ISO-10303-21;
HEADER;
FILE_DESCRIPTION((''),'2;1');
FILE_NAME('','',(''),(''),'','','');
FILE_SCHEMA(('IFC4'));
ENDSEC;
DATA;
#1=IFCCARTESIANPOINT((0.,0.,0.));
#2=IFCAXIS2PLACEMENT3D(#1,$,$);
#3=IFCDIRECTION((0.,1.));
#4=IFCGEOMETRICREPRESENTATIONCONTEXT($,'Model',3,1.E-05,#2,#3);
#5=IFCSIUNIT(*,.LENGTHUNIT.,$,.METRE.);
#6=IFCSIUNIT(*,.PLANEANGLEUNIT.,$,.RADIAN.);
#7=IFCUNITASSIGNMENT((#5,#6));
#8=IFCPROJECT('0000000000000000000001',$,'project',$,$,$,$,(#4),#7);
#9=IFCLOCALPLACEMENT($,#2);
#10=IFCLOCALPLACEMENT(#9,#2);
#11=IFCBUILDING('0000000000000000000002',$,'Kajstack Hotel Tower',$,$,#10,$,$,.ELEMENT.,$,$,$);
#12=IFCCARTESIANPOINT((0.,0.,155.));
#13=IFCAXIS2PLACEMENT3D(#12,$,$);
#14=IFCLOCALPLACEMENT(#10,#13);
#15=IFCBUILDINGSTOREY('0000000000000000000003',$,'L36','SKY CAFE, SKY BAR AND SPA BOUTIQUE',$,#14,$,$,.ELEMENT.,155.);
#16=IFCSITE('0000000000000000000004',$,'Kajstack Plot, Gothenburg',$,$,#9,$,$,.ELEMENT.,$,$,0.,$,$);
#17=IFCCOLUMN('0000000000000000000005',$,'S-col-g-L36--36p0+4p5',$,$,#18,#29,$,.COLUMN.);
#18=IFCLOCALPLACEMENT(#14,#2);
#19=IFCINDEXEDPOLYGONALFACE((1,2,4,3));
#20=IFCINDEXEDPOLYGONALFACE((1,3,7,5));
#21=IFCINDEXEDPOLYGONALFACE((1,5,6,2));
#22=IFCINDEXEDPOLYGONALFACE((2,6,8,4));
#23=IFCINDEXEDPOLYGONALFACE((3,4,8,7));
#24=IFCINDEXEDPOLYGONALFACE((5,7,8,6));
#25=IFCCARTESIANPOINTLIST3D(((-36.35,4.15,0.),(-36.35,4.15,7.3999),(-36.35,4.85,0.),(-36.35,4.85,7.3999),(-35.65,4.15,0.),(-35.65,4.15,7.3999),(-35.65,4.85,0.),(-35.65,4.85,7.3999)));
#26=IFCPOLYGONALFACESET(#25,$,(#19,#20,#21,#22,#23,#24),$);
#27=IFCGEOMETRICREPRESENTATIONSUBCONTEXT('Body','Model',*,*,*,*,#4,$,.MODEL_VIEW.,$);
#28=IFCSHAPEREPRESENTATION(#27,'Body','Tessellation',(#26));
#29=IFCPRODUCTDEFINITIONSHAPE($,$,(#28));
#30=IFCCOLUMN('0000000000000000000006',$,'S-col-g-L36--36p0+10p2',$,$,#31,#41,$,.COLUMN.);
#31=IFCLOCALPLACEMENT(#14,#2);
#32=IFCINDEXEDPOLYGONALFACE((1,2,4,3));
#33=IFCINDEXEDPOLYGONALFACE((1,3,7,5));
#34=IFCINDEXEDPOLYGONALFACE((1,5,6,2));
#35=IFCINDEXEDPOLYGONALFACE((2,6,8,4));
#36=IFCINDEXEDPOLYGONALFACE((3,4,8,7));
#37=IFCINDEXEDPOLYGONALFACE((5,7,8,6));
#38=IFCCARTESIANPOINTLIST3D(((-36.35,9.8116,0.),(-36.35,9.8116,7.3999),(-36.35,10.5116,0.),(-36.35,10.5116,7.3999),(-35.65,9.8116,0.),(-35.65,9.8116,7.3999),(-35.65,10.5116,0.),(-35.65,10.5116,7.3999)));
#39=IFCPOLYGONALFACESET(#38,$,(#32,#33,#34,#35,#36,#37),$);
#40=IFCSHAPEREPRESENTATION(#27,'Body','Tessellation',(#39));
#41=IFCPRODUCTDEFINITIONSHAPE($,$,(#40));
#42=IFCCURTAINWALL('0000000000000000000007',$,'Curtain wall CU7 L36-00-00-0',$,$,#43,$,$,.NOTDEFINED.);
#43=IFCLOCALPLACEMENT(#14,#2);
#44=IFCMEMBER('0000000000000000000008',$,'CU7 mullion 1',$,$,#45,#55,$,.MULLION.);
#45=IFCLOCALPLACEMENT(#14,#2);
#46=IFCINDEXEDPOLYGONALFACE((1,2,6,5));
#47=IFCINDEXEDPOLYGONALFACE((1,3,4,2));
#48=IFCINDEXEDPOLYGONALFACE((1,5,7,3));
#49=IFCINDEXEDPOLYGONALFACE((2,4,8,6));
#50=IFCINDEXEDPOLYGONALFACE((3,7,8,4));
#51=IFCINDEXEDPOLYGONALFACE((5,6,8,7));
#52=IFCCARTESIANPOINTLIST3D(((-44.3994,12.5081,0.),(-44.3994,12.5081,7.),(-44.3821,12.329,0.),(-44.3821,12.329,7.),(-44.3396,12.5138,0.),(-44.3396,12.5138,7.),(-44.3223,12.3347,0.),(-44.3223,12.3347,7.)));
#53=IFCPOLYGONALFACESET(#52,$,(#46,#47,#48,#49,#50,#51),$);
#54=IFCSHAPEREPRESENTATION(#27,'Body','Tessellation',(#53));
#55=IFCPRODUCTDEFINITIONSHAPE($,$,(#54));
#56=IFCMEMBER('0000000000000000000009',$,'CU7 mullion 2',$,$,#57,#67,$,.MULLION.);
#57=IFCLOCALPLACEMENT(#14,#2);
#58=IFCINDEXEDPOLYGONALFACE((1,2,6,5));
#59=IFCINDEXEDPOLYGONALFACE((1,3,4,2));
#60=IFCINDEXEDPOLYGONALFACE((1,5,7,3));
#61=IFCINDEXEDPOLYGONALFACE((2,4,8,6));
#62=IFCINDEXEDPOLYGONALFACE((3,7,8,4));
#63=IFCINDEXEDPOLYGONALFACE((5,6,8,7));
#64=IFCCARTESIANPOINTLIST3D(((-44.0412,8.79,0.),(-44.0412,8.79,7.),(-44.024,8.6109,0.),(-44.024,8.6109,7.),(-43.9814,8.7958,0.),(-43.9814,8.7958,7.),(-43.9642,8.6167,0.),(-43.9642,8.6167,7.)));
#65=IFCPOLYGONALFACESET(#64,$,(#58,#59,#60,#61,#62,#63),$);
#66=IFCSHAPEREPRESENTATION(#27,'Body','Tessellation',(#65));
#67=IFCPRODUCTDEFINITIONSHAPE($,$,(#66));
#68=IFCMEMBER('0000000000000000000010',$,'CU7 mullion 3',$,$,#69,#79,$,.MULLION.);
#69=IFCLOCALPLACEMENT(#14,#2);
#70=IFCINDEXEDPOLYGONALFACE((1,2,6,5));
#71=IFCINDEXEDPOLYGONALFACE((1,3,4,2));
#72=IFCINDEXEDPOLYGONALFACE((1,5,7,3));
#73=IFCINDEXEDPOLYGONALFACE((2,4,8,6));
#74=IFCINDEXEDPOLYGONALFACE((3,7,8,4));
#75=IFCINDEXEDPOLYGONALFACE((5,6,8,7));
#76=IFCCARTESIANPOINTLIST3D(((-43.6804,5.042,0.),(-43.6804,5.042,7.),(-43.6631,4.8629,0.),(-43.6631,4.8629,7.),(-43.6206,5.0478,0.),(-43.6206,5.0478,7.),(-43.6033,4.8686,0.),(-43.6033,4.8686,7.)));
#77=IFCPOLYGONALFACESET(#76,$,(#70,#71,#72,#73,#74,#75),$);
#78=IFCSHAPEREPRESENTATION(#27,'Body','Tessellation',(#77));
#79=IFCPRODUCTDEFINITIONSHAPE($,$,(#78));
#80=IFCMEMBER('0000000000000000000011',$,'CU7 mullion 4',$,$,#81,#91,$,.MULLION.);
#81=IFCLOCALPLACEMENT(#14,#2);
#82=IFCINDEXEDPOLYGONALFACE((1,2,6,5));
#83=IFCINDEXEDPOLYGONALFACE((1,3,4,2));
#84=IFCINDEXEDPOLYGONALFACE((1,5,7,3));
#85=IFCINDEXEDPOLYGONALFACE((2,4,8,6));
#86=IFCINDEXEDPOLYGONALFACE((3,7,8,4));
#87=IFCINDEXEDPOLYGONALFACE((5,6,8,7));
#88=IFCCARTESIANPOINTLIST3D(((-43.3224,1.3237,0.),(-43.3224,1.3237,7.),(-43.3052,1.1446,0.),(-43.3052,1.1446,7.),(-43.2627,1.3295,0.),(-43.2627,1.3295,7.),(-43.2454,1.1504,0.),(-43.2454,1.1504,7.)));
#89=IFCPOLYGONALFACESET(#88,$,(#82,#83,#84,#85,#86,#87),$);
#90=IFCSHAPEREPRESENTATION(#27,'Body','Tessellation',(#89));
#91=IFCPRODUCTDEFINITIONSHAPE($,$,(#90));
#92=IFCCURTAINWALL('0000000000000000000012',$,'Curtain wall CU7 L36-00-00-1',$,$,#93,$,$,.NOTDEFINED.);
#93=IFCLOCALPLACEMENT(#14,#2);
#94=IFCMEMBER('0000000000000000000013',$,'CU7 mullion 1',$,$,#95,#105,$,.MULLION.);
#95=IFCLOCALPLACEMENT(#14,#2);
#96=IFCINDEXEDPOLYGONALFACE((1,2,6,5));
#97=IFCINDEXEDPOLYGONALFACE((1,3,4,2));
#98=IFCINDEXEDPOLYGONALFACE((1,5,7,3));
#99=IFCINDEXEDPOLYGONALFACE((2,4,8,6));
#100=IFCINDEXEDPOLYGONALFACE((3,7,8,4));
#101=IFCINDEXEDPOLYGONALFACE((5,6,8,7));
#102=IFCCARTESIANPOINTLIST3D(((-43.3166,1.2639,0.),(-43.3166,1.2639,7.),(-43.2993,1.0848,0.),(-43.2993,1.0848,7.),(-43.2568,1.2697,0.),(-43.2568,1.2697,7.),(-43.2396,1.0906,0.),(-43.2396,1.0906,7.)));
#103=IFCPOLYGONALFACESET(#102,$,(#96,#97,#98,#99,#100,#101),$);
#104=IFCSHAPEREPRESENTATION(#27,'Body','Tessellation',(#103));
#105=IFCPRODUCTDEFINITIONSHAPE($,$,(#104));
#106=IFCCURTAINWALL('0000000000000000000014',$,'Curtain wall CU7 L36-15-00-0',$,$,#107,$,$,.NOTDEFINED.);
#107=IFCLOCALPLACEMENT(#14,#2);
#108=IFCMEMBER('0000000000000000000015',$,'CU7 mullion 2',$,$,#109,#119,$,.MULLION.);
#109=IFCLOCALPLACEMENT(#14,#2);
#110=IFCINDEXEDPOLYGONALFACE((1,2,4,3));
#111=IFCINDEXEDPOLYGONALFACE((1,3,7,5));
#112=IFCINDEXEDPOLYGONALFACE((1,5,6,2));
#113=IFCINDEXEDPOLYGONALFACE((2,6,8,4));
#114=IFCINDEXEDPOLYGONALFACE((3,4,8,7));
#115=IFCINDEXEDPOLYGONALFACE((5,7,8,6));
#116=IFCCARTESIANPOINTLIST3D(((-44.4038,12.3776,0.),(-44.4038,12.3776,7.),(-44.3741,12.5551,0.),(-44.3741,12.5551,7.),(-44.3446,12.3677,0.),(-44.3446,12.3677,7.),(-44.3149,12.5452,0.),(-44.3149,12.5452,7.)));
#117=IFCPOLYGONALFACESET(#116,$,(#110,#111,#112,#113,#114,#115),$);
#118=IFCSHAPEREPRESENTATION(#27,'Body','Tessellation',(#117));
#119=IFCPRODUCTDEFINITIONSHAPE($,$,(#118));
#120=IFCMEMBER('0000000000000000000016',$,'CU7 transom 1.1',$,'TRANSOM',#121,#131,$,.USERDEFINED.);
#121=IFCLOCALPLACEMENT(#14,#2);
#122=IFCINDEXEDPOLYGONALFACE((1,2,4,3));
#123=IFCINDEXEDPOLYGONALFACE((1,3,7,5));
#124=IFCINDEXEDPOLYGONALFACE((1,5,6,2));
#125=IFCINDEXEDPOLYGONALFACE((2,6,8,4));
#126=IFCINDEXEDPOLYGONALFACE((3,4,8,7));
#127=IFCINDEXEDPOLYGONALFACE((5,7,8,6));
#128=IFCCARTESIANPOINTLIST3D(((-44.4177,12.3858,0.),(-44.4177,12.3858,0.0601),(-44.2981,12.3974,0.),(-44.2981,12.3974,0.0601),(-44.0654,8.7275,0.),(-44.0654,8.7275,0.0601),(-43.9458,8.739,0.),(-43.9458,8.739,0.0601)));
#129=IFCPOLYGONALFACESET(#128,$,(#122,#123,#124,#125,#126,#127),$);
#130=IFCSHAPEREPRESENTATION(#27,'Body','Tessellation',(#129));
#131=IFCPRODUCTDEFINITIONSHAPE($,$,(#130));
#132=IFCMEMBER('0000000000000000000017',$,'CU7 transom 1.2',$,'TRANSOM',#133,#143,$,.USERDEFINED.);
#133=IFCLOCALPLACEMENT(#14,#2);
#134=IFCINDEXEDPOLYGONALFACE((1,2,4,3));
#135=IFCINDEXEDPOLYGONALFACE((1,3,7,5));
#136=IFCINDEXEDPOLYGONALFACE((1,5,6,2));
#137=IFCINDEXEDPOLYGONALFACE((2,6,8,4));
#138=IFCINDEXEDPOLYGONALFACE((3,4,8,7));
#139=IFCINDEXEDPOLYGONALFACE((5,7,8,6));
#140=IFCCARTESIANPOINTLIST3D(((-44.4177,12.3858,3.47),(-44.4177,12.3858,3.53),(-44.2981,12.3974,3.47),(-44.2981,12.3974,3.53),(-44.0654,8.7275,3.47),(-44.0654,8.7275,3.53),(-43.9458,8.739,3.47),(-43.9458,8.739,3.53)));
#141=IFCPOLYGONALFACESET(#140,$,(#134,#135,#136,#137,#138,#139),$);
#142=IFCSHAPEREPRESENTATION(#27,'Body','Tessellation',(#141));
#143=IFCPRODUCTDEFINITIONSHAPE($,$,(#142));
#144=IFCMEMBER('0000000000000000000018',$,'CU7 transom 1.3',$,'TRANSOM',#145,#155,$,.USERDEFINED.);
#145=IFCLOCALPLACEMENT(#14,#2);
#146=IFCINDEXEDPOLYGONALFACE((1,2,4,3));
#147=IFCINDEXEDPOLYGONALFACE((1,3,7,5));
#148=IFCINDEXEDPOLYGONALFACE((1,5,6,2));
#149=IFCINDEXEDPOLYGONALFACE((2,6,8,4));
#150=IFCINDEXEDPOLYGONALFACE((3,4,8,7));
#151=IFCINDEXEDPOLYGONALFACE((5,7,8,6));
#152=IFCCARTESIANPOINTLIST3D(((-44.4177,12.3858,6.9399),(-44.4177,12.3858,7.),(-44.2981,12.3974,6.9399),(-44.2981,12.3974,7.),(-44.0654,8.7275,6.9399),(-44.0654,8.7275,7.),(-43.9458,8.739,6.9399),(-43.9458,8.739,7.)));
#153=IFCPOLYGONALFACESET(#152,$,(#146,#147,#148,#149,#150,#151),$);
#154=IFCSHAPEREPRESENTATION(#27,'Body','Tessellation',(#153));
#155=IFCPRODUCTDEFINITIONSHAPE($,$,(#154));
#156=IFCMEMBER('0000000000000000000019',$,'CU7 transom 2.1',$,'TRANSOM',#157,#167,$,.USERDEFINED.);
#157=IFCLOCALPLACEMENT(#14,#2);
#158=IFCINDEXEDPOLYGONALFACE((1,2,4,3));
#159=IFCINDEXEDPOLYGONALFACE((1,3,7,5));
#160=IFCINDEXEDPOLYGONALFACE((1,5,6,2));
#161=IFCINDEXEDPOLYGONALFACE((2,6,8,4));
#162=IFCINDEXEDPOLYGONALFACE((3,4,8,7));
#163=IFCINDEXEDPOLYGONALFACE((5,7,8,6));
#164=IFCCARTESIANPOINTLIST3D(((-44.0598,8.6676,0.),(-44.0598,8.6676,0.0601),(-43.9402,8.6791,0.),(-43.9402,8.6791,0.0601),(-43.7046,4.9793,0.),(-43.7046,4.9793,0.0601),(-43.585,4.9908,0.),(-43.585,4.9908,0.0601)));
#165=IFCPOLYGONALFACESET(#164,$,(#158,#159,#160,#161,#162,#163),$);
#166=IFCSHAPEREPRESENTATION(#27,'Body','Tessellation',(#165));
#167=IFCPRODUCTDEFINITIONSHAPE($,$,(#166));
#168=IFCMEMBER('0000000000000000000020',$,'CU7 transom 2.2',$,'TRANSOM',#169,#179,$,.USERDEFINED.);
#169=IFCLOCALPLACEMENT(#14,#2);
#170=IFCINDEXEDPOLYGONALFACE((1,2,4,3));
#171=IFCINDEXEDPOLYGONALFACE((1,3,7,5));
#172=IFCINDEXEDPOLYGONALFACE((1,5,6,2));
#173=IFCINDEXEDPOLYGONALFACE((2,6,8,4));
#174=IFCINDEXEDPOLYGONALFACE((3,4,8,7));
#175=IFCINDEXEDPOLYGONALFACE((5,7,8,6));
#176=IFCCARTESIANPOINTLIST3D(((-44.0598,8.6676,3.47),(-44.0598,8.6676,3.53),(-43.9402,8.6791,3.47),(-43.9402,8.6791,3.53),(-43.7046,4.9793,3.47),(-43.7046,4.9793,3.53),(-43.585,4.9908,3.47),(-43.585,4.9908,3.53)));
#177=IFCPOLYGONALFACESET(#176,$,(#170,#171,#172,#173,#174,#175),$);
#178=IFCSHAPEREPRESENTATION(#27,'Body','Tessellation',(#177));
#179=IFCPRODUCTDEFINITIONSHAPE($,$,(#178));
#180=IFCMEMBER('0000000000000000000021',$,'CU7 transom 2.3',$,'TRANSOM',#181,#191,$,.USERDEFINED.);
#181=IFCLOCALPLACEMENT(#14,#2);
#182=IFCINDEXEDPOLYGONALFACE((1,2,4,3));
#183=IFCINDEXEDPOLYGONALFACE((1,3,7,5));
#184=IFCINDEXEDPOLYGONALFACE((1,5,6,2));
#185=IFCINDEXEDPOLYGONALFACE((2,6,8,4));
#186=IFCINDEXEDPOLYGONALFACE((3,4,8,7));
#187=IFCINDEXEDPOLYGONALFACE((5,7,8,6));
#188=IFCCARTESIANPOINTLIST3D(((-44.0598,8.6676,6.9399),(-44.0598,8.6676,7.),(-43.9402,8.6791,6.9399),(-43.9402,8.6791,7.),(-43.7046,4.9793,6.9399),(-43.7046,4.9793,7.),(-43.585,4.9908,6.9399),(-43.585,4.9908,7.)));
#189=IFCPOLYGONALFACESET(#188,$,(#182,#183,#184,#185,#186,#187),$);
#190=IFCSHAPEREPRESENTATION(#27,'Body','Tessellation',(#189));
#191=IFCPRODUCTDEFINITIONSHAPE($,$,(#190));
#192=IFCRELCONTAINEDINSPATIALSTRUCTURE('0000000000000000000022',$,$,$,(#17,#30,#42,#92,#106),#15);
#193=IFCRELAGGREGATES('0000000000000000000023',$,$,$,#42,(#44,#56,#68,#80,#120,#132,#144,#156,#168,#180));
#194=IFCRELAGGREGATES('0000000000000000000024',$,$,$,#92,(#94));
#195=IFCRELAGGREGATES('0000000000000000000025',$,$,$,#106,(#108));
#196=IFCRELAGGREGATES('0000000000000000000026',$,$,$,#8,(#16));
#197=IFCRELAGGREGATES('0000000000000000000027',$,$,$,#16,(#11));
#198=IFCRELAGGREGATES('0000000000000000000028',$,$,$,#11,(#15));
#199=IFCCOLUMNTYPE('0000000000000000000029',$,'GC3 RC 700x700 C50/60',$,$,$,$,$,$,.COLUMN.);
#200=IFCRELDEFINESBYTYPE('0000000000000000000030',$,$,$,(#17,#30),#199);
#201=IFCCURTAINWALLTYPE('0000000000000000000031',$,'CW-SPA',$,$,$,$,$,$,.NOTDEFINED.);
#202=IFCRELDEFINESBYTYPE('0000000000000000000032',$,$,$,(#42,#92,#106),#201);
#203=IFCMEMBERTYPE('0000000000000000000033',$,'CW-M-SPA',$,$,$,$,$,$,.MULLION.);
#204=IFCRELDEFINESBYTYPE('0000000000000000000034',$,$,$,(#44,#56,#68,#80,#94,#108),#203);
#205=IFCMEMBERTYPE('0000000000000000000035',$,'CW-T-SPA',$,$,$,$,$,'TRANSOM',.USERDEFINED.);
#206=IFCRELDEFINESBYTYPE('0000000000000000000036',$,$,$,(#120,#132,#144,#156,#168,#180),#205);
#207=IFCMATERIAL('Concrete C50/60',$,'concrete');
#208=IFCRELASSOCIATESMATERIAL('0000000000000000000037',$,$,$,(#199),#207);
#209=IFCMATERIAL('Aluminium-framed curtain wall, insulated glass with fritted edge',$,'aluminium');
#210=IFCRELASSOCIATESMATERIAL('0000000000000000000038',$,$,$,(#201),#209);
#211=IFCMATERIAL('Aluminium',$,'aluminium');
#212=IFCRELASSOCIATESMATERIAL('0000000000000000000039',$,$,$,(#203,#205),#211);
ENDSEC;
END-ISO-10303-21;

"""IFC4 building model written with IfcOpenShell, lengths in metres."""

from ifc_helpers import new_model, si_unit, direction, frame, origin, origin_2d, place, context, subcontext, project, spatial, rectangle, extrude, material, material_profile, profile_set, type_object, element, aggregate, save


model = new_model("IFC4")

# Units and contexts
model_context = context("Model", 3, precision=1e-05, world=origin(), true_north=direction((0.0, 1.0)))
body_context = subcontext(model_context, "Body", "Model", "MODEL_VIEW")
ifc_project = project(units=[si_unit("LENGTHUNIT", "METRE"), si_unit("PLANEANGLEUNIT", "RADIAN")], contexts=[model_context])

# Site, building, storey
site_placement = place(None, origin())
site = spatial("IfcSite", under=ifc_project, at=site_placement, Name="Kajstack Plot, Gothenburg", CompositionType="ELEMENT", RefElevation=0.0)
building_placement = place(site_placement, origin())
building = spatial("IfcBuilding", under=site, at=building_placement, Name="Kajstack Hotel Tower", CompositionType="ELEMENT")
storey_placement = place(building_placement, frame((0.0, 0.0, 155.0)))
storey = spatial("IfcBuildingStorey", under=building, at=storey_placement, Name="L36", Description="SKY CAFE, SKY BAR AND SPA BOUTIQUE", CompositionType="ELEMENT", Elevation=155.0)

# Columns
ifc_material_1 = material(Name="Concrete C50/60", Category="concrete")
ifc_material_profile_1 = material_profile(ifc_material_1, rectangle(XDim=0.7, YDim=0.7, at=origin_2d()), Name="RC 700x700")
ifc_profile_set_1 = profile_set([ifc_material_profile_1], Name="Concrete C50/60")
column_type = type_object("IfcColumnType", Name="GC3 RC 700x700 C50/60", PredefinedType="COLUMN", material=ifc_profile_set_1)
for number, where, z_axis, x_axis, name in (
    (1, (-36.0, 4.5, 0.0), (0.0, 0.0, 1.0), (1.0, 0.0, 0.0), "S-col-g-L36--36p0+4p5"),
    (2, (-36.0, 10.1616, 0.0), (0.0, 0.0, 1.0), (1.0, 0.0, 0.0), "S-col-g-L36--36p0+10p2"),
):
    element("IfcColumn", number, at=place(storey_placement, frame(where, z_axis=z_axis, x_axis=x_axis)), inside=storey, type_object=column_type, Name=name, PredefinedType="COLUMN", context=body_context, shape_type="SweptSolid", body=[
        extrude(rectangle(XDim=0.7, YDim=0.7, at=origin_2d()), origin(), (0.0, 0.0, 1.0), 7.3999),
    ])

# Curtain wall, members
ifc_material_2 = material(Name="Aluminium-framed curtain wall, insulated glass with fritted edge", Category="aluminium")
curtain_wall_type = type_object("IfcCurtainWallType", Name="CW-SPA", PredefinedType="NOTDEFINED", material=ifc_material_2)
curtain_wall_1_placement = place(storey_placement, origin())
curtain_wall_1 = element("IfcCurtainWall", 3, at=curtain_wall_1_placement, inside=storey, type_object=curtain_wall_type, Name="Curtain wall CU7 L36-00-00-0", PredefinedType="NOTDEFINED")
ifc_material_3 = material(Name="Aluminium", Category="aluminium")
ifc_material_profile_2 = material_profile(ifc_material_3, rectangle(XDim=0.0601, YDim=0.1799, at=origin_2d()), Name="Aluminium mullion 60 x 180")
ifc_profile_set_2 = profile_set([ifc_material_profile_2], Name="Aluminium")
member_type_1 = type_object("IfcMemberType", Name="CW-M-SPA", PredefinedType="MULLION", material=ifc_profile_set_2)
member_1_placement = place(storey_placement, frame((-44.3608, 12.4214, 0.0), z_axis=(0.0, 0.0, 1.0), x_axis=(0.995396, 0.095844, 0.0)))
member_1 = element("IfcMember", 4, at=member_1_placement, type_object=member_type_1, Name="CU7 mullion 1", PredefinedType="MULLION", context=body_context, shape_type="SweptSolid", body=[
    extrude(rectangle(XDim=0.0601, YDim=0.1799, at=origin_2d()), origin(), (0.0, 0.0, 1.0), 7.0),
])
member_2_placement = place(storey_placement, frame((-44.0027, 8.7034, 0.0), z_axis=(0.0, 0.0, 1.0), x_axis=(0.995396, 0.095844, 0.0)))
member_2 = element("IfcMember", 5, at=member_2_placement, type_object=member_type_1, Name="CU7 mullion 2", PredefinedType="MULLION", context=body_context, shape_type="SweptSolid", body=[
    extrude(rectangle(XDim=0.0601, YDim=0.1799, at=origin_2d()), origin(), (0.0, 0.0, 1.0), 7.0),
])
member_3_placement = place(storey_placement, frame((-43.6418, 4.9553, 0.0), z_axis=(0.0, 0.0, 1.0), x_axis=(0.995396, 0.095844, 0.0)))
member_3 = element("IfcMember", 6, at=member_3_placement, type_object=member_type_1, Name="CU7 mullion 3", PredefinedType="MULLION", context=body_context, shape_type="SweptSolid", body=[
    extrude(rectangle(XDim=0.0601, YDim=0.1799, at=origin_2d()), origin(), (0.0, 0.0, 1.0), 7.0),
])
member_4_placement = place(storey_placement, frame((-43.2839, 1.2371, 0.0), z_axis=(0.0, 0.0, 1.0), x_axis=(0.995396, 0.095844, 0.0)))
member_4 = element("IfcMember", 7, at=member_4_placement, type_object=member_type_1, Name="CU7 mullion 4", PredefinedType="MULLION", context=body_context, shape_type="SweptSolid", body=[
    extrude(rectangle(XDim=0.0601, YDim=0.1799, at=origin_2d()), origin(), (0.0, 0.0, 1.0), 7.0),
])

# Curtain walls, members
curtain_wall_2_placement = place(storey_placement, origin())
curtain_wall_2 = element("IfcCurtainWall", 8, at=curtain_wall_2_placement, inside=storey, type_object=curtain_wall_type, Name="Curtain wall CU7 L36-00-00-1", PredefinedType="NOTDEFINED")
member_5_placement = place(storey_placement, frame((-43.2781, 1.1772, 0.0), z_axis=(0.0, 0.0, 1.0), x_axis=(0.995396, 0.095844, 0.0)))
member_5 = element("IfcMember", 9, at=member_5_placement, type_object=member_type_1, Name="CU7 mullion 1", PredefinedType="MULLION", context=body_context, shape_type="SweptSolid", body=[
    extrude(rectangle(XDim=0.0601, YDim=0.1799, at=origin_2d()), origin(), (0.0, 0.0, 1.0), 7.0),
])
curtain_wall_3_placement = place(storey_placement, origin())
curtain_wall_3 = element("IfcCurtainWall", 10, at=curtain_wall_3_placement, inside=storey, type_object=curtain_wall_type, Name="Curtain wall CU7 L36-15-00-0", PredefinedType="NOTDEFINED")
member_6_placement = place(storey_placement, frame((-44.3594, 12.4614, 0.0), z_axis=(0.0, 0.0, 1.0), x_axis=(0.986289, -0.165025, 0.0)))
member_6 = element("IfcMember", 11, at=member_6_placement, type_object=member_type_1, Name="CU7 mullion 2", PredefinedType="MULLION", context=body_context, shape_type="SweptSolid", body=[
    extrude(rectangle(XDim=0.0601, YDim=0.1799, at=origin_2d()), origin(), (0.0, 0.0, 1.0), 7.0),
])

# Members
ifc_material_profile_3 = material_profile(ifc_material_3, rectangle(XDim=0.1201, YDim=0.0601, at=origin_2d()), Name="Aluminium transom 120 x 60")
ifc_profile_set_3 = profile_set([ifc_material_profile_3], Name="Aluminium")
member_type_2 = type_object("IfcMemberType", Name="CW-T-SPA", ElementType="TRANSOM", PredefinedType="USERDEFINED", material=ifc_profile_set_3)
member_7_placement = place(storey_placement, frame((-44.3579, 12.3916, 0.03), z_axis=(0.095853, -0.995396, 0.0), x_axis=(0.995396, 0.095853, 0.0)))
member_7 = element("IfcMember", 12, at=member_7_placement, type_object=member_type_2, Name="CU7 transom 1.1", ObjectType="TRANSOM", PredefinedType="USERDEFINED", context=body_context, shape_type="SweptSolid", body=[
    extrude(rectangle(XDim=0.1201, YDim=0.0601, at=origin_2d()), origin(), (0.0, 0.0, 1.0), 3.6753),
])
member_8_placement = place(storey_placement, frame((-44.3579, 12.3916, 3.5), z_axis=(0.095853, -0.995396, 0.0), x_axis=(0.995396, 0.095853, 0.0)))
member_8 = element("IfcMember", 13, at=member_8_placement, type_object=member_type_2, Name="CU7 transom 1.2", ObjectType="TRANSOM", PredefinedType="USERDEFINED", context=body_context, shape_type="SweptSolid", body=[
    extrude(rectangle(XDim=0.1201, YDim=0.0601, at=origin_2d()), origin(), (0.0, 0.0, 1.0), 3.6753),
])
member_9_placement = place(storey_placement, frame((-44.3579, 12.3916, 6.97), z_axis=(0.095853, -0.995396, 0.0), x_axis=(0.995396, 0.095853, 0.0)))
member_9 = element("IfcMember", 14, at=member_9_placement, type_object=member_type_2, Name="CU7 transom 1.3", ObjectType="TRANSOM", PredefinedType="USERDEFINED", context=body_context, shape_type="SweptSolid", body=[
    extrude(rectangle(XDim=0.1201, YDim=0.0601, at=origin_2d()), origin(), (0.0, 0.0, 1.0), 3.6753),
])
member_10_placement = place(storey_placement, frame((-44.0, 8.6733, 0.03), z_axis=(0.095869, -0.995394, 0.0), x_axis=(0.995394, 0.095869, 0.0)))
member_10 = element("IfcMember", 15, at=member_10_placement, type_object=member_type_2, Name="CU7 transom 2.1", ObjectType="TRANSOM", PredefinedType="USERDEFINED", context=body_context, shape_type="SweptSolid", body=[
    extrude(rectangle(XDim=0.1201, YDim=0.0601, at=origin_2d()), origin(), (0.0, 0.0, 1.0), 3.7053),
])
member_11_placement = place(storey_placement, frame((-44.0, 8.6733, 3.5), z_axis=(0.095869, -0.995394, 0.0), x_axis=(0.995394, 0.095869, 0.0)))
member_11 = element("IfcMember", 16, at=member_11_placement, type_object=member_type_2, Name="CU7 transom 2.2", ObjectType="TRANSOM", PredefinedType="USERDEFINED", context=body_context, shape_type="SweptSolid", body=[
    extrude(rectangle(XDim=0.1201, YDim=0.0601, at=origin_2d()), origin(), (0.0, 0.0, 1.0), 3.7053),
])
member_12_placement = place(storey_placement, frame((-44.0, 8.6733, 6.97), z_axis=(0.095869, -0.995394, 0.0), x_axis=(0.995394, 0.095869, 0.0)))
member_12 = element("IfcMember", 17, at=member_12_placement, type_object=member_type_2, Name="CU7 transom 2.3", ObjectType="TRANSOM", PredefinedType="USERDEFINED", context=body_context, shape_type="SweptSolid", body=[
    extrude(rectangle(XDim=0.1201, YDim=0.0601, at=origin_2d()), origin(), (0.0, 0.0, 1.0), 3.7053),
])

aggregate(curtain_wall_1, [member_1, member_2, member_3, member_4, member_7, member_8, member_9, member_10, member_11, member_12])
aggregate(curtain_wall_2, [member_5])
aggregate(curtain_wall_3, [member_6])

save(model, "model.ifc")
